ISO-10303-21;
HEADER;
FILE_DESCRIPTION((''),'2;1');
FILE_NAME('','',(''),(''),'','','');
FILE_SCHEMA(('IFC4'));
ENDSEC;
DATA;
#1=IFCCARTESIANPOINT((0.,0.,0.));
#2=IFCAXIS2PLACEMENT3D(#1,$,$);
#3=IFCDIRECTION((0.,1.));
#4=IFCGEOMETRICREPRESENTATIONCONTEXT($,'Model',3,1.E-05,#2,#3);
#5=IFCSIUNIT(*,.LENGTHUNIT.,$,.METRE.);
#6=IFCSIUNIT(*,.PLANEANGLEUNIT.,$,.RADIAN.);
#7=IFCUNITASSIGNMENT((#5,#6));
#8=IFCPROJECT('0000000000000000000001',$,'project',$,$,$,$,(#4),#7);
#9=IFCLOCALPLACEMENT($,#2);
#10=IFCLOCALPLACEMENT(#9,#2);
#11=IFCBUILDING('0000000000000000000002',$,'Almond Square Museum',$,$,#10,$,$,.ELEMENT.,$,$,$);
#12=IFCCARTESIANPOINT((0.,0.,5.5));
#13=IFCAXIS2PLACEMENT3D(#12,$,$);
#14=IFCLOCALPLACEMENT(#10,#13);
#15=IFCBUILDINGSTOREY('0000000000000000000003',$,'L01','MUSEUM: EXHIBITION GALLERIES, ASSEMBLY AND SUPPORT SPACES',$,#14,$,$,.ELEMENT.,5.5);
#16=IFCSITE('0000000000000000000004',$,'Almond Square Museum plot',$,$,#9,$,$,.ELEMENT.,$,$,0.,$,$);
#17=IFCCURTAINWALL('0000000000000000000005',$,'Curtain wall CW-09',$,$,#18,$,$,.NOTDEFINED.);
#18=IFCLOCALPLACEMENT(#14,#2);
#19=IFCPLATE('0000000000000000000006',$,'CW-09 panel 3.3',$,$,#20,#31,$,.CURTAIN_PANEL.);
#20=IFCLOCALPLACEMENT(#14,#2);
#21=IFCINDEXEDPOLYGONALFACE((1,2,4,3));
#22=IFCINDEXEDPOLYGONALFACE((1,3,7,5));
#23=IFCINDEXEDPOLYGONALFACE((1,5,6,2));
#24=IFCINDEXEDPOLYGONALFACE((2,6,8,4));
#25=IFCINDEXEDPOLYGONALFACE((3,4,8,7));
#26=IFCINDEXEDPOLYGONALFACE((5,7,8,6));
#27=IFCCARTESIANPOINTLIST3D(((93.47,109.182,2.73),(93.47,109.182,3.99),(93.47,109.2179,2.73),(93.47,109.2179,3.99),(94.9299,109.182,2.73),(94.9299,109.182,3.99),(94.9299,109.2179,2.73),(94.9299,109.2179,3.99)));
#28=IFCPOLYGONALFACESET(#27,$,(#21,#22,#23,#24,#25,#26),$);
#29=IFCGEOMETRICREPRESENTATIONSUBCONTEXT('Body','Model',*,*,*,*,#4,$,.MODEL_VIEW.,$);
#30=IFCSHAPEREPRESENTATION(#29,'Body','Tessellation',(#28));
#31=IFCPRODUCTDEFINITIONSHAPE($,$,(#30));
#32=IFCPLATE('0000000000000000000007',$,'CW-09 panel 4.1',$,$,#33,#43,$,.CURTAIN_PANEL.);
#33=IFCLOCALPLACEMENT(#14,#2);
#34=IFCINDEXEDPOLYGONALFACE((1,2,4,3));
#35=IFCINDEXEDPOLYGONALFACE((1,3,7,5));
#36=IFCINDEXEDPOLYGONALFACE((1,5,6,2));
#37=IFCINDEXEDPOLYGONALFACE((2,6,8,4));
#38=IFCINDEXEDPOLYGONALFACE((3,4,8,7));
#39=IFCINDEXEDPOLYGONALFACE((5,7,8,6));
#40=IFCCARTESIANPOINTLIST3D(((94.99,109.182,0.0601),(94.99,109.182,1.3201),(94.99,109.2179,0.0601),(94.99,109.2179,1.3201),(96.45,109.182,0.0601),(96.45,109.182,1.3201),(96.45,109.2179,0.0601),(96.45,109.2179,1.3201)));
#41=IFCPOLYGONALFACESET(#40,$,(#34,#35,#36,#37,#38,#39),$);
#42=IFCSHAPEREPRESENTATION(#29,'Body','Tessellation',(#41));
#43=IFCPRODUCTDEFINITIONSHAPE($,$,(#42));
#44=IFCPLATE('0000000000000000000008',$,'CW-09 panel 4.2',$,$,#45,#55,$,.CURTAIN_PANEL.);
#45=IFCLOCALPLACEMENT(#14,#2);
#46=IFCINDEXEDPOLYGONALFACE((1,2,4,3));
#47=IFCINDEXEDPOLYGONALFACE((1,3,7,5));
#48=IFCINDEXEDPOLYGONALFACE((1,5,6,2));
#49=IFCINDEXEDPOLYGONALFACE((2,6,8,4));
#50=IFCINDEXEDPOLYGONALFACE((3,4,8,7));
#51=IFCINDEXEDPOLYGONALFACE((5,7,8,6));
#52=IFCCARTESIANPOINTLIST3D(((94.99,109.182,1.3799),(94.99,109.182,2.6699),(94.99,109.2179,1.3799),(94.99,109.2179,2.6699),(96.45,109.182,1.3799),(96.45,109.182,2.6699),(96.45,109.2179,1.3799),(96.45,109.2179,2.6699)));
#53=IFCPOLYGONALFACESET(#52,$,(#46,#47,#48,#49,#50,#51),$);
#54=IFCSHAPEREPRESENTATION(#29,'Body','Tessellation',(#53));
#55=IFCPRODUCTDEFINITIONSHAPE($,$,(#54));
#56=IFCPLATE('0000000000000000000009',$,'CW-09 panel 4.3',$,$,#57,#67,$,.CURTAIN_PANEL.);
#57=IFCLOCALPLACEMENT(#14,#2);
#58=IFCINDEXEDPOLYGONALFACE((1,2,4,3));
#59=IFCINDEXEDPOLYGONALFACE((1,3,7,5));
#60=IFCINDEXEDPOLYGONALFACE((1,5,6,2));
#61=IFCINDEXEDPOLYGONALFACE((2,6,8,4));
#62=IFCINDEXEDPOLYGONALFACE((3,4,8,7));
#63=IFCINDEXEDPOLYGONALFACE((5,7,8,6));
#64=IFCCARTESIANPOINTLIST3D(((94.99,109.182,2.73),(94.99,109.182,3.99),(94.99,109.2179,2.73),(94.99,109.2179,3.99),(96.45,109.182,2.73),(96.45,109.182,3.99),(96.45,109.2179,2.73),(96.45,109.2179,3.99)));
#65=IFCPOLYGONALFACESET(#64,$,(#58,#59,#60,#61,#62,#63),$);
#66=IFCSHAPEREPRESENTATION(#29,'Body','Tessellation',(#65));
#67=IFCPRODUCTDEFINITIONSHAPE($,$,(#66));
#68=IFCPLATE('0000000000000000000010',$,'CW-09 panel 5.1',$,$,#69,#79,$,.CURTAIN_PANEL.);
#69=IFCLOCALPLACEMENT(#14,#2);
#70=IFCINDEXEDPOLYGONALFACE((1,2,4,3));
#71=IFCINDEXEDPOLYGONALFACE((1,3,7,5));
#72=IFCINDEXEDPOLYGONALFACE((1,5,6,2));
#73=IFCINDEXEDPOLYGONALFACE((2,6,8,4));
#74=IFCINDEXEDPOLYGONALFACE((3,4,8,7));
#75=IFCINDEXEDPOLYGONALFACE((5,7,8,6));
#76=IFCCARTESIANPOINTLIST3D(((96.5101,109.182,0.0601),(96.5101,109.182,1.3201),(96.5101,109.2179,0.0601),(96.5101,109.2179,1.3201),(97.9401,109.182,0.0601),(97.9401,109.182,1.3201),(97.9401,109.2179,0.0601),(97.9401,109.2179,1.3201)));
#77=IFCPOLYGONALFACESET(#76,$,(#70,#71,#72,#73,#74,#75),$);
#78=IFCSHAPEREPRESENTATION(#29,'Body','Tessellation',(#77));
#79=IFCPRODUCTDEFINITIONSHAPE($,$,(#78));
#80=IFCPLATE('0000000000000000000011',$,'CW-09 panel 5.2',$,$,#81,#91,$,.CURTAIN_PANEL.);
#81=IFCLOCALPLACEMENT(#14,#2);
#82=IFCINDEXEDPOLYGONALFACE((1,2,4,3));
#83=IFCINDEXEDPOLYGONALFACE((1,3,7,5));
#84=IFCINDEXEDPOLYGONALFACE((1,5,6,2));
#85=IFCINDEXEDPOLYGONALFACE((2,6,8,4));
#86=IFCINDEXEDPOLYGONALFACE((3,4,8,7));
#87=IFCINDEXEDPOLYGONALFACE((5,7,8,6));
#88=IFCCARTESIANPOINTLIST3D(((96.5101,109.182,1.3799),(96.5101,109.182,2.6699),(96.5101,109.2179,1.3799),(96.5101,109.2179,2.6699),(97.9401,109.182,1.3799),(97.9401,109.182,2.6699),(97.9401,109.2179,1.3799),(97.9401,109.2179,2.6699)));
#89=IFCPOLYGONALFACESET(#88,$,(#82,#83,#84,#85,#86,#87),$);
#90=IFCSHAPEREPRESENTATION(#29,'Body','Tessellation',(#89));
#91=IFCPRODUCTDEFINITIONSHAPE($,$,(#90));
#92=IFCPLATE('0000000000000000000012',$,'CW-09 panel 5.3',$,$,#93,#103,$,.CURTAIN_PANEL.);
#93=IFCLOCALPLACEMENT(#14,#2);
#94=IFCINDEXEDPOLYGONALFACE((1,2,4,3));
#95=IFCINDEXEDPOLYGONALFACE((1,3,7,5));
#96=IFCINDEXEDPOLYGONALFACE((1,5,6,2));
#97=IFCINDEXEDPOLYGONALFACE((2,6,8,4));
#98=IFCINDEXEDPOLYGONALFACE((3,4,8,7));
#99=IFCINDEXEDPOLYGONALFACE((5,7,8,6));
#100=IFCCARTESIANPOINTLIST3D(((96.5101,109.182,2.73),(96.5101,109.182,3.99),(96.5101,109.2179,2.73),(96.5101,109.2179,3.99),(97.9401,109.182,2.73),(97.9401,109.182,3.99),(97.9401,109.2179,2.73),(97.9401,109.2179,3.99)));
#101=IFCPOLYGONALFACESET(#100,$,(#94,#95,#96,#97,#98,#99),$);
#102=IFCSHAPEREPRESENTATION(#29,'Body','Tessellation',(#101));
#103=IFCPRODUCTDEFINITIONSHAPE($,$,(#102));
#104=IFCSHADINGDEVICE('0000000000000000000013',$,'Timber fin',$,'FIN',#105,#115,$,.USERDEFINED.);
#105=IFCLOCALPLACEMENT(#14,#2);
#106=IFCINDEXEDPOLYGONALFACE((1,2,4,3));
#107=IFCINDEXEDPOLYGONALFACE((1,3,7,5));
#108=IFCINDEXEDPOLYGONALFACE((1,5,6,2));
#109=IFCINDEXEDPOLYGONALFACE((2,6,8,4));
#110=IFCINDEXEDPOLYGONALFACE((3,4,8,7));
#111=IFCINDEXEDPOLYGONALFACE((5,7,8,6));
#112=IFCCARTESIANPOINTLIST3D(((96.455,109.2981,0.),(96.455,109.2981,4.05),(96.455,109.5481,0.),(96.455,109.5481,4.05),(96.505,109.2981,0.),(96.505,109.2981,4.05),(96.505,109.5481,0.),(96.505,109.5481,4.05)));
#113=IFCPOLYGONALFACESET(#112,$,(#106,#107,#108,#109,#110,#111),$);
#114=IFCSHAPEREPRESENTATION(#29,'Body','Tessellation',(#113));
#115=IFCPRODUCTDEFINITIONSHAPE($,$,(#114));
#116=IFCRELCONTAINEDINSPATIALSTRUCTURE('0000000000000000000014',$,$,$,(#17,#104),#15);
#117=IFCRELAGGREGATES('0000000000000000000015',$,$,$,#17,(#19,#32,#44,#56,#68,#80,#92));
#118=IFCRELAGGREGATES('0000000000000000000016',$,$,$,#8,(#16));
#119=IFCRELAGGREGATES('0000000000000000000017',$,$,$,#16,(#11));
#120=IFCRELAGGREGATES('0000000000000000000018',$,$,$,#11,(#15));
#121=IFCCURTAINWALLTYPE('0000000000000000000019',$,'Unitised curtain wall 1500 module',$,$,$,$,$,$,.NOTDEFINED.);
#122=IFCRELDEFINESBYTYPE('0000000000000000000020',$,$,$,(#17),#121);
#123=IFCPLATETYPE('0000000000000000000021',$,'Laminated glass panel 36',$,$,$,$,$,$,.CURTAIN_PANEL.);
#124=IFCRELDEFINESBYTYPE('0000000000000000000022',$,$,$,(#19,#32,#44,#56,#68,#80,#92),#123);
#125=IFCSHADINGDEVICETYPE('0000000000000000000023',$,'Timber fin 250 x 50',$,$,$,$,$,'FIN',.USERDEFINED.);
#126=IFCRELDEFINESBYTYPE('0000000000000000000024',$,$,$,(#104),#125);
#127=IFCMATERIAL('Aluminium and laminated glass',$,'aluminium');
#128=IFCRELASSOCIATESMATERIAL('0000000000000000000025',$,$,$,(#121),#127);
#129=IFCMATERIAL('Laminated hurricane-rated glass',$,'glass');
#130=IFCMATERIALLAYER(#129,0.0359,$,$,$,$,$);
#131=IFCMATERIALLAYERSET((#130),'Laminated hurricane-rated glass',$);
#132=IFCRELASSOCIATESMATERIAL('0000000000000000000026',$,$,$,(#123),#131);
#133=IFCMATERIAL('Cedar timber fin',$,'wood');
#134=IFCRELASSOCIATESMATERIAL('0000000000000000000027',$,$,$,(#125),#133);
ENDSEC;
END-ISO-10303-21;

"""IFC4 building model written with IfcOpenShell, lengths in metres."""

from ifc_helpers import new_model, si_unit, direction, frame, origin, origin_2d, place, context, subcontext, project, spatial, rectangle, extrude, material, layer, layer_set, material_profile, profile_set, type_object, element, aggregate, save


model = new_model("IFC4")

# Units and contexts
model_context = context("Model", 3, precision=1e-05, world=origin(), true_north=direction((0.0, 1.0)))
body_context = subcontext(model_context, "Body", "Model", "MODEL_VIEW")
ifc_project = project(units=[si_unit("LENGTHUNIT", "METRE"), si_unit("PLANEANGLEUNIT", "RADIAN")], contexts=[model_context])

# Site, building, storey
site_placement = place(None, origin())
site = spatial("IfcSite", under=ifc_project, at=site_placement, Name="Almond Square Museum plot", CompositionType="ELEMENT", RefElevation=0.0)
building_placement = place(site_placement, origin())
building = spatial("IfcBuilding", under=site, at=building_placement, Name="Almond Square Museum", CompositionType="ELEMENT")
storey_placement = place(building_placement, frame((0.0, 0.0, 5.5)))
storey = spatial("IfcBuildingStorey", under=building, at=storey_placement, Name="L01", Description="MUSEUM: EXHIBITION GALLERIES, ASSEMBLY AND SUPPORT SPACES", CompositionType="ELEMENT", Elevation=5.5)

# Shared definitions
ifc_material_1 = material(Name="Aluminium and laminated glass", Category="aluminium")
curtain_wall_type = type_object("IfcCurtainWallType", Name="Unitised curtain wall 1500 module", PredefinedType="NOTDEFINED", material=ifc_material_1)

# Curtain wall, plates
curtain_wall_1_placement = place(storey_placement, origin())
curtain_wall_1 = element("IfcCurtainWall", 1, at=curtain_wall_1_placement, inside=storey, type_object=curtain_wall_type, Name="Curtain wall CW-09", PredefinedType="NOTDEFINED")
ifc_material_2 = material(Name="Laminated hurricane-rated glass", Category="glass")
ifc_layer = layer(ifc_material_2, 0.0359)
ifc_layer_set = layer_set([ifc_layer], Name="Laminated hurricane-rated glass")
plate_type = type_object("IfcPlateType", Name="Laminated glass panel 36", PredefinedType="CURTAIN_PANEL", material=ifc_layer_set)
plate_1_placement = place(storey_placement, frame((94.2, 109.2, 2.73), z_axis=(0.0, 0.0, 1.0), x_axis=(1.0, 0.0, 0.0)))
plate_1 = element("IfcPlate", 2, at=plate_1_placement, type_object=plate_type, Name="CW-09 panel 3.3", PredefinedType="CURTAIN_PANEL", context=body_context, shape_type="SweptSolid", body=[
    extrude(rectangle(XDim=1.46, YDim=0.0359, at=origin_2d()), origin(), (0.0, 0.0, 1.0), 1.26),
])
plate_2_placement = place(storey_placement, frame((95.72, 109.2, 0.0601), z_axis=(0.0, 0.0, 1.0), x_axis=(1.0, 0.0, 0.0)))
plate_2 = element("IfcPlate", 3, at=plate_2_placement, type_object=plate_type, Name="CW-09 panel 4.1", PredefinedType="CURTAIN_PANEL", context=body_context, shape_type="SweptSolid", body=[
    extrude(rectangle(XDim=1.46, YDim=0.0359, at=origin_2d()), origin(), (0.0, 0.0, 1.0), 1.26),
])
plate_3_placement = place(storey_placement, frame((95.72, 109.2, 1.3799), z_axis=(0.0, 0.0, 1.0), x_axis=(1.0, 0.0, 0.0)))
plate_3 = element("IfcPlate", 4, at=plate_3_placement, type_object=plate_type, Name="CW-09 panel 4.2", PredefinedType="CURTAIN_PANEL", context=body_context, shape_type="SweptSolid", body=[
    extrude(rectangle(XDim=1.46, YDim=0.0359, at=origin_2d()), origin(), (0.0, 0.0, 1.0), 1.29),
])
plate_4_placement = place(storey_placement, frame((95.72, 109.2, 2.73), z_axis=(0.0, 0.0, 1.0), x_axis=(1.0, 0.0, 0.0)))
plate_4 = element("IfcPlate", 5, at=plate_4_placement, type_object=plate_type, Name="CW-09 panel 4.3", PredefinedType="CURTAIN_PANEL", context=body_context, shape_type="SweptSolid", body=[
    extrude(rectangle(XDim=1.46, YDim=0.0359, at=origin_2d()), origin(), (0.0, 0.0, 1.0), 1.26),
])
plate_5_placement = place(storey_placement, frame((97.2251, 109.2, 0.0601), z_axis=(0.0, 0.0, 1.0), x_axis=(1.0, 0.0, 0.0)))
plate_5 = element("IfcPlate", 6, at=plate_5_placement, type_object=plate_type, Name="CW-09 panel 5.1", PredefinedType="CURTAIN_PANEL", context=body_context, shape_type="SweptSolid", body=[
    extrude(rectangle(XDim=1.4299, YDim=0.0359, at=origin_2d()), origin(), (0.0, 0.0, 1.0), 1.26),
])
plate_6_placement = place(storey_placement, frame((97.2251, 109.2, 1.3799), z_axis=(0.0, 0.0, 1.0), x_axis=(1.0, 0.0, 0.0)))
plate_6 = element("IfcPlate", 7, at=plate_6_placement, type_object=plate_type, Name="CW-09 panel 5.2", PredefinedType="CURTAIN_PANEL", context=body_context, shape_type="SweptSolid", body=[
    extrude(rectangle(XDim=1.4299, YDim=0.0359, at=origin_2d()), origin(), (0.0, 0.0, 1.0), 1.29),
])
plate_7_placement = place(storey_placement, frame((97.2251, 109.2, 2.73), z_axis=(0.0, 0.0, 1.0), x_axis=(1.0, 0.0, 0.0)))
plate_7 = element("IfcPlate", 8, at=plate_7_placement, type_object=plate_type, Name="CW-09 panel 5.3", PredefinedType="CURTAIN_PANEL", context=body_context, shape_type="SweptSolid", body=[
    extrude(rectangle(XDim=1.4299, YDim=0.0359, at=origin_2d()), origin(), (0.0, 0.0, 1.0), 1.26),
])
aggregate(curtain_wall_1, [plate_1, plate_2, plate_3, plate_4, plate_5, plate_6, plate_7])

# Shading device
ifc_material_3 = material(Name="Cedar timber fin", Category="wood")
ifc_material_profile_1 = material_profile(ifc_material_3, rectangle(XDim=0.25, YDim=0.05, at=origin_2d()))
ifc_profile_set_1 = profile_set([ifc_material_profile_1], Name="Cedar timber fin")
shading_device_type = type_object("IfcShadingDeviceType", Name="Timber fin 250 x 50", ElementType="FIN", PredefinedType="USERDEFINED", material=ifc_profile_set_1)
shading_device_placement = place(storey_placement, frame((96.48, 109.4231, 0.0), z_axis=(0.0, 0.0, 1.0), x_axis=(0.0, 1.0, 0.0)))
element("IfcShadingDevice", 9, at=shading_device_placement, inside=storey, type_object=shading_device_type, Name="Timber fin", ObjectType="FIN", PredefinedType="USERDEFINED", context=body_context, shape_type="SweptSolid", body=[
    extrude(rectangle(XDim=0.25, YDim=0.05, at=origin_2d()), origin(), (0.0, 0.0, 1.0), 4.05),
])

save(model, "model.ifc")
